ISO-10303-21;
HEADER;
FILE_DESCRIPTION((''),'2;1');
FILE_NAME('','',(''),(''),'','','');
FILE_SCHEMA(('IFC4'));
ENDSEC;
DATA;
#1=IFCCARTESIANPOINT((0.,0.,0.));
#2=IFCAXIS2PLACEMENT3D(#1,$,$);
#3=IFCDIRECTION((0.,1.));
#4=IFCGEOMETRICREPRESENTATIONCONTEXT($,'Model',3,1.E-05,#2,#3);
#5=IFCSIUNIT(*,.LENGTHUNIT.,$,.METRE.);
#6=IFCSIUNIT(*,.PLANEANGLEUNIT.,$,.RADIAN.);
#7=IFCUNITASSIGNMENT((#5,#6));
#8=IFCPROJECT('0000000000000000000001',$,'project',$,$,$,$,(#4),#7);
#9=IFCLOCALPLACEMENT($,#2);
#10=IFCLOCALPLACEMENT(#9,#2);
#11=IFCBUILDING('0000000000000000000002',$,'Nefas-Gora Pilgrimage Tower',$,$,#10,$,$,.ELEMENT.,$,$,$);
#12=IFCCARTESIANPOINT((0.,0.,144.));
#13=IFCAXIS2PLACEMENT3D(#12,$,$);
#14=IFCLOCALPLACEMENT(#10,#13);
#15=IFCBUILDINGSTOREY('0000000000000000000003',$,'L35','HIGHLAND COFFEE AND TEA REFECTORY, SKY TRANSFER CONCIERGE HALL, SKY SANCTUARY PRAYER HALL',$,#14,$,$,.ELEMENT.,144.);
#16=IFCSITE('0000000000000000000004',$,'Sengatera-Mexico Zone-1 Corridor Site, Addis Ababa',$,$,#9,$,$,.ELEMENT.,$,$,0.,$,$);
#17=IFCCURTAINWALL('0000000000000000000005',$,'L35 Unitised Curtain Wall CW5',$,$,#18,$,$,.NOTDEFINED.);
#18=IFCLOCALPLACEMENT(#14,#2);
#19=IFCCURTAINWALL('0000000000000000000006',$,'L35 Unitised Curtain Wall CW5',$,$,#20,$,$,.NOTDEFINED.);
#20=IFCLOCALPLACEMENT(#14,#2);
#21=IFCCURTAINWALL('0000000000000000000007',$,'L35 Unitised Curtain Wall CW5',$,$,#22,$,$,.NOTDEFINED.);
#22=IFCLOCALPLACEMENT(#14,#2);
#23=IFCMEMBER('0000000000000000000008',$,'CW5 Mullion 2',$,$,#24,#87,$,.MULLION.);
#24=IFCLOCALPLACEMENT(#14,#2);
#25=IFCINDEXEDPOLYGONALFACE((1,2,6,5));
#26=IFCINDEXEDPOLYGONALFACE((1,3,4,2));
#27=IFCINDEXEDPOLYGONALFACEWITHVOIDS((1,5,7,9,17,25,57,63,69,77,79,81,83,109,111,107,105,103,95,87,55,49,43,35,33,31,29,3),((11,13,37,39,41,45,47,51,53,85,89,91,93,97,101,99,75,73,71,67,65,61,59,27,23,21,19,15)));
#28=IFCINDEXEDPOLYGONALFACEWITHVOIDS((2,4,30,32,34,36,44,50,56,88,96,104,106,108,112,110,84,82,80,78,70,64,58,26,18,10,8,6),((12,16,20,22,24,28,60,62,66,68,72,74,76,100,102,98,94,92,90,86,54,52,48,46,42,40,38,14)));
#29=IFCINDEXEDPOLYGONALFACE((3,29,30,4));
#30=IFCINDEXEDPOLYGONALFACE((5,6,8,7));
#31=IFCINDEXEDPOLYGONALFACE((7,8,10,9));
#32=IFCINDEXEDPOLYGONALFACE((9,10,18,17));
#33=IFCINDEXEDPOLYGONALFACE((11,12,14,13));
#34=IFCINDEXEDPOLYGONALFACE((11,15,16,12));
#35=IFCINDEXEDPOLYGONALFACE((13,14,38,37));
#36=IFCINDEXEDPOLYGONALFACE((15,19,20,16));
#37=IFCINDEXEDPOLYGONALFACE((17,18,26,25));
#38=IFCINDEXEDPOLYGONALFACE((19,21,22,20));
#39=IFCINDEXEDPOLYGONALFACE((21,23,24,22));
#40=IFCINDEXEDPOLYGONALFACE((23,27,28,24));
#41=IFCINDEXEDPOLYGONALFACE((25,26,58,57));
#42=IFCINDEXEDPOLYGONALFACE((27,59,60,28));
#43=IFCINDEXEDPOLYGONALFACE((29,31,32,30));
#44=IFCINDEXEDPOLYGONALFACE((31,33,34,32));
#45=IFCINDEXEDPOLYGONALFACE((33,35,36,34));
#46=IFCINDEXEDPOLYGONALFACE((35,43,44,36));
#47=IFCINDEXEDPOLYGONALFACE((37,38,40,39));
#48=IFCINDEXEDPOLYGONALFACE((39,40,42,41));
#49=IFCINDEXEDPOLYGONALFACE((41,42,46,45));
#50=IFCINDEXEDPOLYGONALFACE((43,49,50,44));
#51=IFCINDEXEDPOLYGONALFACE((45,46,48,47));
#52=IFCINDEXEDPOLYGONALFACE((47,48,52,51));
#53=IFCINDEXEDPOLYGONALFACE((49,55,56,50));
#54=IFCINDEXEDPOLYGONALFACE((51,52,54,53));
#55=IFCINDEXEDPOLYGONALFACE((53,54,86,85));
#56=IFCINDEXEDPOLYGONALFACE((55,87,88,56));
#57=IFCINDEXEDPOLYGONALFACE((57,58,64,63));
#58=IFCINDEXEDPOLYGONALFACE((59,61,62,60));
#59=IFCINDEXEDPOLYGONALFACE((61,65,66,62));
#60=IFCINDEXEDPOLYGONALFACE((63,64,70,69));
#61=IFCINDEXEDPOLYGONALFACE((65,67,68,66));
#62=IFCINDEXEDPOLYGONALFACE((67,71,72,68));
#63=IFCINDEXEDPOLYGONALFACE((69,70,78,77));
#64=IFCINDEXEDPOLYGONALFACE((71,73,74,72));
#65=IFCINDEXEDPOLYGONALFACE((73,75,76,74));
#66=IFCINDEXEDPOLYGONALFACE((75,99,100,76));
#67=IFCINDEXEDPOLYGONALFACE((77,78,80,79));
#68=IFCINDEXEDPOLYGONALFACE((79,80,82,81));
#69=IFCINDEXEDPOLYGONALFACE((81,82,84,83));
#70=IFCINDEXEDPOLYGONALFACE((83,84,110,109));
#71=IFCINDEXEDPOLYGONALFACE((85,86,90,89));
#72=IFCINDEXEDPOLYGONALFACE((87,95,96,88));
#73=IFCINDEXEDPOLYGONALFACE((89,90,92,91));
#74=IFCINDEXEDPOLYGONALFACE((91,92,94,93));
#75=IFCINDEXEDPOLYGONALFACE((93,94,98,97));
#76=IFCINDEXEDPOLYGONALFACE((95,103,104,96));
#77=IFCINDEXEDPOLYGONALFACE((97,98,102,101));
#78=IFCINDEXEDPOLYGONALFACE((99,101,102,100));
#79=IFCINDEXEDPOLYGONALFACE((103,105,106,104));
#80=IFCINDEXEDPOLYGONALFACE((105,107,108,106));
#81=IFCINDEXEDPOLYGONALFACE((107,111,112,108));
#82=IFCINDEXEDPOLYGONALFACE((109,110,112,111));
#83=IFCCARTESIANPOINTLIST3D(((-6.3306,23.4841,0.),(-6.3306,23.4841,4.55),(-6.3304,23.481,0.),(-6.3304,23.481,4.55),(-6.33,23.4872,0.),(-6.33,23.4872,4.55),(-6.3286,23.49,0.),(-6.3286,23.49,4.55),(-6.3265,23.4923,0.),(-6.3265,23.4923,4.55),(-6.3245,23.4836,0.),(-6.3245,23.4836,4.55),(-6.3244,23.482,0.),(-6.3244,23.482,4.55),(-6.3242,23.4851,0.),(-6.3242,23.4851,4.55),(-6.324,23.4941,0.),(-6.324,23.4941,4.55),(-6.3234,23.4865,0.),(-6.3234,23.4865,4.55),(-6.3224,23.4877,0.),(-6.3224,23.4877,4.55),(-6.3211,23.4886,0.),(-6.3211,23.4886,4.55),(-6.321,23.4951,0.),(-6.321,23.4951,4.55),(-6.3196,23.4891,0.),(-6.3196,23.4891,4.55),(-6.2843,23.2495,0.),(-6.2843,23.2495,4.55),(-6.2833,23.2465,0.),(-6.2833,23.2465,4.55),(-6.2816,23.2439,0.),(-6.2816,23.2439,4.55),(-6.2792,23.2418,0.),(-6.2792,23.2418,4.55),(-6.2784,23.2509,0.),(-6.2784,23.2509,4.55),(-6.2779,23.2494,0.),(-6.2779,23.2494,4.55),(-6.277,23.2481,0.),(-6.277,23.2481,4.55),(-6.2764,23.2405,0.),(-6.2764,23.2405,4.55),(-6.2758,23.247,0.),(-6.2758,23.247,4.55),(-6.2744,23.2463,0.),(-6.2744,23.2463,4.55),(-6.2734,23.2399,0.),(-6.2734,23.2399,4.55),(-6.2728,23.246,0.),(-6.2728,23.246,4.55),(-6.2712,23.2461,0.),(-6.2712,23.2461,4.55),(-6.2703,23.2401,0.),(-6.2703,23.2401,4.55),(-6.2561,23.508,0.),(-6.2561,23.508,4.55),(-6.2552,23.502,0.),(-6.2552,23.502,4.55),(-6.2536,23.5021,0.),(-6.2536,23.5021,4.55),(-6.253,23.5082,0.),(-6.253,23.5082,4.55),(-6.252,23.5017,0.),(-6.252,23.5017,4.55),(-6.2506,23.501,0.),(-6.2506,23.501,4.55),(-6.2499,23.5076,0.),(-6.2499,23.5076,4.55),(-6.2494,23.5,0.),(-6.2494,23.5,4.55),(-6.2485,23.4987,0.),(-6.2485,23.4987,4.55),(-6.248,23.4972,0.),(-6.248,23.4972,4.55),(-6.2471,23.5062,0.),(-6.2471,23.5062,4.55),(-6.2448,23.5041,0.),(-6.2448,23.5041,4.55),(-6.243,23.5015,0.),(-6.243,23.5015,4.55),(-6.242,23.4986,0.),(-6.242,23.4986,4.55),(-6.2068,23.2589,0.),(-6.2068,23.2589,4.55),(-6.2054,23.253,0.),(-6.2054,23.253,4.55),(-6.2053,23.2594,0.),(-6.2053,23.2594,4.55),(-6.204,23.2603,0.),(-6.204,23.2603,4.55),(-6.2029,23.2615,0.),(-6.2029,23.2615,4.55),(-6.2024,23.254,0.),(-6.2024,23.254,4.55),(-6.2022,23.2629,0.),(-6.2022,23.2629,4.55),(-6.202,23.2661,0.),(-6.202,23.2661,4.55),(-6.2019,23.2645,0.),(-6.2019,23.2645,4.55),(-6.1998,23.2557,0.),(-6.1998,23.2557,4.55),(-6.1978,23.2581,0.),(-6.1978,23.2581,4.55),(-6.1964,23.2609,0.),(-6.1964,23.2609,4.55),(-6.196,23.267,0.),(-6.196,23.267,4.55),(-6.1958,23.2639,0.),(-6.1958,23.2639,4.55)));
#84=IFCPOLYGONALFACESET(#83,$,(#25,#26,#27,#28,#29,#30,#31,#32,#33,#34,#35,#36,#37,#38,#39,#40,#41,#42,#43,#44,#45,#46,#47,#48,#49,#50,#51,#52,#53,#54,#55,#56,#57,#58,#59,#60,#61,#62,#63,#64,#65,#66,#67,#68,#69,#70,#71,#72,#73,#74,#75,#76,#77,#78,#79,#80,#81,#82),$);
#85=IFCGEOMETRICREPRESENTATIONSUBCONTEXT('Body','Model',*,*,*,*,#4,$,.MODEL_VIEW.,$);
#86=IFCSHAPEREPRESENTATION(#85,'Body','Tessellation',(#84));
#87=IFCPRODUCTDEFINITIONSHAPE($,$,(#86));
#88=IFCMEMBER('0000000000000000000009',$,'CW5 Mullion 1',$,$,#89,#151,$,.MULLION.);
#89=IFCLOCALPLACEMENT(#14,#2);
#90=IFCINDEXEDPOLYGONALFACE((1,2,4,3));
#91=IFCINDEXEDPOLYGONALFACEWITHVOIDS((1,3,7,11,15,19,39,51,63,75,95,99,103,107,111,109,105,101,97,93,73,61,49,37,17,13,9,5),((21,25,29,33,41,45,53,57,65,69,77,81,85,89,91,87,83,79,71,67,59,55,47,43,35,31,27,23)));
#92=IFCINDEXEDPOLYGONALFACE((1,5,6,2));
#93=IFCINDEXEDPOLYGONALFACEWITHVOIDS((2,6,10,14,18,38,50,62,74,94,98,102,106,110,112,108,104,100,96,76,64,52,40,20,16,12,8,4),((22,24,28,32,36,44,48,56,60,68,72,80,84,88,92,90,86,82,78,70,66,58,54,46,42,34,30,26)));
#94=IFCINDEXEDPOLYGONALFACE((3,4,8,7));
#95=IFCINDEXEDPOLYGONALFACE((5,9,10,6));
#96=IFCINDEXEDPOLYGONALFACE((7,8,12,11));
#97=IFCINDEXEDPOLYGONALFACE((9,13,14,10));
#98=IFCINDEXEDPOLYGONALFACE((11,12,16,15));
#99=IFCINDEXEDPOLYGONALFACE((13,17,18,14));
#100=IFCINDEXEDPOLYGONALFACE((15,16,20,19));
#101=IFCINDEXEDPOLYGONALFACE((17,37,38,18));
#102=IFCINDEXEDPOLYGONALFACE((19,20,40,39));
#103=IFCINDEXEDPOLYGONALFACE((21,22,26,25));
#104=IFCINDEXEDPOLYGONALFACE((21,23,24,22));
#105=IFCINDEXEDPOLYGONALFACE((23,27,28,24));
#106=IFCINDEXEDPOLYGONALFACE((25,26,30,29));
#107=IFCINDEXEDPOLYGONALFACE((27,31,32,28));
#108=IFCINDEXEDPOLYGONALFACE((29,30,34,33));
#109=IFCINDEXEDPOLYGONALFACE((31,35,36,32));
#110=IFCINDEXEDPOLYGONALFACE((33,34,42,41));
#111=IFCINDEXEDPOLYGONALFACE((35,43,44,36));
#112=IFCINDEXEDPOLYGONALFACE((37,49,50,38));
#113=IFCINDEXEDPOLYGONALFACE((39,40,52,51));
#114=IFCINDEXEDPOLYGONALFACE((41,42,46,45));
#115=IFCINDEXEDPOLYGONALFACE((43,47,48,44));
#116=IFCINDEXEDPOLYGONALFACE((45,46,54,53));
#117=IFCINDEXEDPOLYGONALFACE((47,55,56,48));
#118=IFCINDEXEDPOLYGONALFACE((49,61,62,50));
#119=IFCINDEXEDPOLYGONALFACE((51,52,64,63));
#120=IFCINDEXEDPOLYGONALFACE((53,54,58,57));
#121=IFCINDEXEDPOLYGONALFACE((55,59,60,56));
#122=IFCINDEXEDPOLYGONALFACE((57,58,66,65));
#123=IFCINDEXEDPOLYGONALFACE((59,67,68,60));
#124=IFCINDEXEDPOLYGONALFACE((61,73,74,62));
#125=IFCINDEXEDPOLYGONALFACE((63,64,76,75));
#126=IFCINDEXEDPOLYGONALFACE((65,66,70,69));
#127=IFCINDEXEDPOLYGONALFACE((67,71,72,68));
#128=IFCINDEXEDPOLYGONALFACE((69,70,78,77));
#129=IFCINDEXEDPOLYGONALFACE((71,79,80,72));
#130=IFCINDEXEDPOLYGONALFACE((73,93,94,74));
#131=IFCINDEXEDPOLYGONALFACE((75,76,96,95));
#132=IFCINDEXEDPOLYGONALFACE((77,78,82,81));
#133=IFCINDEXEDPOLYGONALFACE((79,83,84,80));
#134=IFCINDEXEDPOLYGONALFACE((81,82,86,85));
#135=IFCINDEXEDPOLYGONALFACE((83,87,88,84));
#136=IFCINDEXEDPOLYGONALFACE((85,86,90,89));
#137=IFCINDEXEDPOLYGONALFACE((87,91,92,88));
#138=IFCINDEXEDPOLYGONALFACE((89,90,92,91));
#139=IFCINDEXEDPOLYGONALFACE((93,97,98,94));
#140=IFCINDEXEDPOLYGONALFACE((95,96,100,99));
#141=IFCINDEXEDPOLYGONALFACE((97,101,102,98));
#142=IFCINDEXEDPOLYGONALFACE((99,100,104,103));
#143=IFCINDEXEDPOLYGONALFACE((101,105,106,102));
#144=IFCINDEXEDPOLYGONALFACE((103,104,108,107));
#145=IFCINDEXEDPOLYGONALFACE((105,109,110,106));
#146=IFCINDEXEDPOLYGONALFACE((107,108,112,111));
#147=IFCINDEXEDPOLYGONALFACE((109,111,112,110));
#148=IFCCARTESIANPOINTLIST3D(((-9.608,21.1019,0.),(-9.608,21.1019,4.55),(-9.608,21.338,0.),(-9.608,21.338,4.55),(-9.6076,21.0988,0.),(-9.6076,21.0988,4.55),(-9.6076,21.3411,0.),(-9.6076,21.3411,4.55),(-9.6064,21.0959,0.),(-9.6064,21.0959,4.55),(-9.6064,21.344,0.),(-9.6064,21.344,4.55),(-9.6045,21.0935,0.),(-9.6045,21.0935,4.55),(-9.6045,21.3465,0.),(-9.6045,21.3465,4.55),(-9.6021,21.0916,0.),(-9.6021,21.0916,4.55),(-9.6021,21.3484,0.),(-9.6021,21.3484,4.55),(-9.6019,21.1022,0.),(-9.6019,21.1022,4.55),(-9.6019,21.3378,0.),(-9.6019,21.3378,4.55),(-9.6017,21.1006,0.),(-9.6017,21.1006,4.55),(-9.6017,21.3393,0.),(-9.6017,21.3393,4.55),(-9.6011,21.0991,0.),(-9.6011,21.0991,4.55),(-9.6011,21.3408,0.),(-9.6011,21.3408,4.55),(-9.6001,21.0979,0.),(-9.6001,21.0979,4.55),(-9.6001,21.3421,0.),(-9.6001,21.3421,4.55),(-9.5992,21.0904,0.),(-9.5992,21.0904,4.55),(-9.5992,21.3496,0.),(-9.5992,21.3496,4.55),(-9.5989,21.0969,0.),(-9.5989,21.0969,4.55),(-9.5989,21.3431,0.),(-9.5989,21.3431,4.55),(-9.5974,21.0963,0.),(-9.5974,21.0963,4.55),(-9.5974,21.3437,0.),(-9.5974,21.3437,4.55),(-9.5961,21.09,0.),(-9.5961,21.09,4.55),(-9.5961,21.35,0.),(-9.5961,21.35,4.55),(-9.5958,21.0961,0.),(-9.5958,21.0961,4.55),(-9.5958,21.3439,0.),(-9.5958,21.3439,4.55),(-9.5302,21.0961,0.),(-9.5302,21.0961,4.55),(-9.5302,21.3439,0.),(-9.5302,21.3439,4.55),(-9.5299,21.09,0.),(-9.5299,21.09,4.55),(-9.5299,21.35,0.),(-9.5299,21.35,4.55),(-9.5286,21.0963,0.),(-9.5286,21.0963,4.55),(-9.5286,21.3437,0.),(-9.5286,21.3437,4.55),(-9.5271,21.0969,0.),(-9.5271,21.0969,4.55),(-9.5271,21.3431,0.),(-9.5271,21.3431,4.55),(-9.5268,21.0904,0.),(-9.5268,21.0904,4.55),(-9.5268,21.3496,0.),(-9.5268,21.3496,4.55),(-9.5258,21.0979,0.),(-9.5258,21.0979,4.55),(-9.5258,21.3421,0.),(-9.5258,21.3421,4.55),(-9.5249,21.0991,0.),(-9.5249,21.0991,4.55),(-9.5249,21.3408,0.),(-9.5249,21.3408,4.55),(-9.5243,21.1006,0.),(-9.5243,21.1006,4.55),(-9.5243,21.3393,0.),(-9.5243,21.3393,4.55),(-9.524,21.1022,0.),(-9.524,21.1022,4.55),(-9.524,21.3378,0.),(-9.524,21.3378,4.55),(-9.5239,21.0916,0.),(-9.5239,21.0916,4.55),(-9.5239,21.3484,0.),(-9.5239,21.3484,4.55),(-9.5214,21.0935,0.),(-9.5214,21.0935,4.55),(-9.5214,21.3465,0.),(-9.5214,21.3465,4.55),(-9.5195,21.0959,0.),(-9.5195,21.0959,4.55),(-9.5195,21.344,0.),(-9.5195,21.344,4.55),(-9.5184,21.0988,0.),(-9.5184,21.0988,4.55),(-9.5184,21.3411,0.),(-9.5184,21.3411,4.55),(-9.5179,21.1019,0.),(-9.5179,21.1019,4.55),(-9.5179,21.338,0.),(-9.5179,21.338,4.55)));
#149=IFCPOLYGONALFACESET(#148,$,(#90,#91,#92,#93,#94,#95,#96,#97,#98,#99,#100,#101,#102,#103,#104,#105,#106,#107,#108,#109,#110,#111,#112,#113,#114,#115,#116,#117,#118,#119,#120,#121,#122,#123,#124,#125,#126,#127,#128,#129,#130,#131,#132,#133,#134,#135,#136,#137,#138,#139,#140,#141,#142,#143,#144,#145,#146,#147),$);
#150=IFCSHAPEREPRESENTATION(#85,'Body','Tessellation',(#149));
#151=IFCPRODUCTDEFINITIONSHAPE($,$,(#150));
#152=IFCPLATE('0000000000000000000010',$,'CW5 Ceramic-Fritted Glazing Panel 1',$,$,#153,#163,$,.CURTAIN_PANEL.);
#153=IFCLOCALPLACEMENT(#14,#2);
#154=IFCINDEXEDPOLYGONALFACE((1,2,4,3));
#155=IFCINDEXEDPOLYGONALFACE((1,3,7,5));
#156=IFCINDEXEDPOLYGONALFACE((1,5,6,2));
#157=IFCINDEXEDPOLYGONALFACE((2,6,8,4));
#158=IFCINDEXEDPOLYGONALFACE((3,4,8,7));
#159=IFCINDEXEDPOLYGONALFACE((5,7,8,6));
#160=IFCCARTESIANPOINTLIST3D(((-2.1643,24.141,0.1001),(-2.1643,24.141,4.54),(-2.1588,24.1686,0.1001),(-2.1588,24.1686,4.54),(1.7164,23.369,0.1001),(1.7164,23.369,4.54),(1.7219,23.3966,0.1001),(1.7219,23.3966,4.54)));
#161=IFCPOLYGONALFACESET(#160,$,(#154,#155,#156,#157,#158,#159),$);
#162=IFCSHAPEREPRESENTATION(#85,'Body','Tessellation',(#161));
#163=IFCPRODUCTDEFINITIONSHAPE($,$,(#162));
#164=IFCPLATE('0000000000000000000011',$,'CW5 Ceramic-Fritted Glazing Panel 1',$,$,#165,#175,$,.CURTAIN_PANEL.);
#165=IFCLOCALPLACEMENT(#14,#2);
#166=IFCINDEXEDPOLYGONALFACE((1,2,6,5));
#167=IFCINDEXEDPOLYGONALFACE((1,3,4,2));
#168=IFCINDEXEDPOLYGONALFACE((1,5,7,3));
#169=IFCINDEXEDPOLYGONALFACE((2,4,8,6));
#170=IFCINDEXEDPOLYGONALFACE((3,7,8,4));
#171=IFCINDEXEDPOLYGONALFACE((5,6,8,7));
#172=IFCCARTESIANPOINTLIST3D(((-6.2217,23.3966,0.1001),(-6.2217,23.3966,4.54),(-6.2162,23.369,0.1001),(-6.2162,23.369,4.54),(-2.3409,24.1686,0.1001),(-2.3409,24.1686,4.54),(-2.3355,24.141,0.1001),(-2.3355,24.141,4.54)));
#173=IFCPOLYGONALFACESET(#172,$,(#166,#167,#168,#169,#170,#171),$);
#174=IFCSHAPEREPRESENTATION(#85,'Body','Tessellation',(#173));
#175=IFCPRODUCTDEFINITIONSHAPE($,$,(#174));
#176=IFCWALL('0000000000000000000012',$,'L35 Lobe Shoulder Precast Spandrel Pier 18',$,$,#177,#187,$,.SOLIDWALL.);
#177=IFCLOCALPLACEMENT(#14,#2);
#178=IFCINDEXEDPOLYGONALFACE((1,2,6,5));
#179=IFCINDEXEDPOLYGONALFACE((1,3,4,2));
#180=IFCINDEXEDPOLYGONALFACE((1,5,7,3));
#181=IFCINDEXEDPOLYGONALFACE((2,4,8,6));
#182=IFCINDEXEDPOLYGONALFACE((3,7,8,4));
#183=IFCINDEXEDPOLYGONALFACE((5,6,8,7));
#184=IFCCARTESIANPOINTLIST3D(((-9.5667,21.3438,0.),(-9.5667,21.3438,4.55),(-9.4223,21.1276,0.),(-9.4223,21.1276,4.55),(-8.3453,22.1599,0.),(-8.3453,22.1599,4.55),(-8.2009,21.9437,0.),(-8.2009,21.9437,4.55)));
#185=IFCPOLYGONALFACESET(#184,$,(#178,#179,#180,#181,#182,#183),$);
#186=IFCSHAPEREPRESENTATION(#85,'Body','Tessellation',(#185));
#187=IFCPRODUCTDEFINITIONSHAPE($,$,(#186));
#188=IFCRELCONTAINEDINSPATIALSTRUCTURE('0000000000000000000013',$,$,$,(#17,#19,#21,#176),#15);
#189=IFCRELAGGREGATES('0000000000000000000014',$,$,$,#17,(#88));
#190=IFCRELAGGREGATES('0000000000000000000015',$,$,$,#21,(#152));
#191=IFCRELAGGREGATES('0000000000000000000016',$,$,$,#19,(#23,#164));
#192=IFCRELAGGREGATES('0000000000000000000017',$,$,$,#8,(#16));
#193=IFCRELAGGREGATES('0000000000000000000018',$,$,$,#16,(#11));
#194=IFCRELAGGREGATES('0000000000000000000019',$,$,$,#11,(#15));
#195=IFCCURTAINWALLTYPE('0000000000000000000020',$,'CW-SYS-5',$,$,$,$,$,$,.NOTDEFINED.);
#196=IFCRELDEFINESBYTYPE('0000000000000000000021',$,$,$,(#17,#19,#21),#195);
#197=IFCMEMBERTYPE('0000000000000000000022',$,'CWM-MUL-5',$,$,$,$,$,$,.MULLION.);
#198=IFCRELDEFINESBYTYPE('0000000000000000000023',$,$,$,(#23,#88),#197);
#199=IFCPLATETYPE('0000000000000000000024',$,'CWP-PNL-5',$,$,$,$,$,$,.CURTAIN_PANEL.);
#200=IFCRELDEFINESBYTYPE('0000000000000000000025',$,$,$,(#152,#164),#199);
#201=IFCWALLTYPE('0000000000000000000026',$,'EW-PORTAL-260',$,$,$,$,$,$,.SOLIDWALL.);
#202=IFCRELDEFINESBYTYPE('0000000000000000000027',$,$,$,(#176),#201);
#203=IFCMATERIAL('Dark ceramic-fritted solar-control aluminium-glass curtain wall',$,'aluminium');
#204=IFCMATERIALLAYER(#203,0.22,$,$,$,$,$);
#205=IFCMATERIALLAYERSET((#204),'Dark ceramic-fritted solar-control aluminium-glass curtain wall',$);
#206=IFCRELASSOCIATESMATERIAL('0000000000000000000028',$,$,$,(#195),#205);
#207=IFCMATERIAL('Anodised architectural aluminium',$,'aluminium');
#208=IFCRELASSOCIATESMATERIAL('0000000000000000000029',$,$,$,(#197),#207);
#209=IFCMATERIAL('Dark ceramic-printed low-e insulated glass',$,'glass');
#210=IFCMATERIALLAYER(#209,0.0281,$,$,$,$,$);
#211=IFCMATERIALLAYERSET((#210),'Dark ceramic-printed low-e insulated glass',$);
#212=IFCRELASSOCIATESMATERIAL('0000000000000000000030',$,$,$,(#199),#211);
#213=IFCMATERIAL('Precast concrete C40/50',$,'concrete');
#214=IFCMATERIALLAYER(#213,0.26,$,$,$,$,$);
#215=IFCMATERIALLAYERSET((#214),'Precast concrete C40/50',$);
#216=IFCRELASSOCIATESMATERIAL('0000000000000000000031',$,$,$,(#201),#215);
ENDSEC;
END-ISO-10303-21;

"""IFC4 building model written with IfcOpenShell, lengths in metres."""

from ifc_helpers import new_model, si_unit, direction, frame, frame_2d, origin, origin_2d, place, context, subcontext, project, spatial, rectangle, hollow_rectangle, extrude, source, transform, mapped, material, layer, layer_set, material_profile, profile_set, type_object, element, aggregate, save


model = new_model("IFC4")

# Units and contexts
model_context = context("Model", 3, precision=1e-05, world=origin(), true_north=direction((0.0, 1.0)))
body_context = subcontext(model_context, "Body", "Model", "MODEL_VIEW")
ifc_project = project(units=[si_unit("LENGTHUNIT", "METRE"), si_unit("PLANEANGLEUNIT", "RADIAN")], contexts=[model_context])

# Site, building, storey
site_placement = place(None, origin())
site = spatial("IfcSite", under=ifc_project, at=site_placement, Name="Sengatera-Mexico Zone-1 Corridor Site, Addis Ababa", CompositionType="ELEMENT", RefElevation=0.0)
building_placement = place(site_placement, origin())
building = spatial("IfcBuilding", under=site, at=building_placement, Name="Nefas-Gora Pilgrimage Tower", CompositionType="ELEMENT")
storey_placement = place(building_placement, frame((0.0, 0.0, 144.0)))
storey = spatial("IfcBuildingStorey", under=building, at=storey_placement, Name="L35", Description="HIGHLAND COFFEE AND TEA REFECTORY, SKY TRANSFER CONCIERGE HALL, SKY SANCTUARY PRAYER HALL", CompositionType="ELEMENT", Elevation=144.0)

# Curtain walls
ifc_material_1 = material(Name="Dark ceramic-fritted solar-control aluminium-glass curtain wall", Category="aluminium")
ifc_layer_1 = layer(ifc_material_1, 0.22)
ifc_layer_set_1 = layer_set([ifc_layer_1], Name="Dark ceramic-fritted solar-control aluminium-glass curtain wall")
curtain_wall_type = type_object("IfcCurtainWallType", Name="CW-SYS-5", PredefinedType="NOTDEFINED", material=ifc_layer_set_1)
curtain_wall_1_placement = place(storey_placement, origin())
curtain_wall_1 = element("IfcCurtainWall", 1, at=curtain_wall_1_placement, inside=storey, type_object=curtain_wall_type, Name="L35 Unitised Curtain Wall CW5", PredefinedType="NOTDEFINED")
ifc_material_2 = material(Name="Anodised architectural aluminium", Category="aluminium")
curtain_wall_2_placement = place(storey_placement, origin())
curtain_wall_2 = element("IfcCurtainWall", 2, at=curtain_wall_2_placement, inside=storey, type_object=curtain_wall_type, Name="L35 Unitised Curtain Wall CW5", PredefinedType="NOTDEFINED")
curtain_wall_3_placement = place(storey_placement, origin())
curtain_wall_3 = element("IfcCurtainWall", 3, at=curtain_wall_3_placement, inside=storey, type_object=curtain_wall_type, Name="L35 Unitised Curtain Wall CW5", PredefinedType="NOTDEFINED")
ifc_material_profile_1 = material_profile(ifc_material_2, hollow_rectangle(XDim=0.0901, YDim=0.26, WallThickness=0.0061, InnerFilletRadius=0.0061, OuterFilletRadius=0.012, at=origin_2d()), Name="ALU MULLION 90x260")
ifc_profile_set_1 = profile_set([ifc_material_profile_1], Name="Anodised architectural aluminium")
member_type_1 = type_object("IfcMemberType", Name="CWM-MUL-5", PredefinedType="MULLION", material=ifc_profile_set_1)
shared_shape_1 = source(origin(), body_context, "Body", "SweptSolid", [
    extrude(hollow_rectangle(XDim=0.0901, YDim=0.26, WallThickness=0.0061, InnerFilletRadius=0.0061, OuterFilletRadius=0.012, at=origin_2d()), origin(), (0.0, 0.0, 1.0), 4.55),
])

# Members
member_1_placement = place(storey_placement, frame((-6.2632, 23.374, 0.0), z_axis=(0.0, 0.0, 1.0), x_axis=(-0.980783, -0.195102, 0.0)))
member_1 = element("IfcMember", 4, at=member_1_placement, type_object=member_type_1, Name="CW5 Mullion 2", PredefinedType="MULLION", context=body_context, shape_type="MappedRepresentation", body=[
    mapped(shared_shape_1, transform((0.0, 0.0, 0.0), x_axis=(1.0, 0.0, 0.0), y_axis=(0.0, 1.0, 0.0), z_axis=(0.0, 0.0, 1.0), scale=1.0)),
])
member_2_placement = place(storey_placement, frame((-9.563, 21.22, 0.0), z_axis=(0.0, 0.0, 1.0), x_axis=(-1.0, 0.0, 0.0)))
member_2 = element("IfcMember", 5, at=member_2_placement, type_object=member_type_1, Name="CW5 Mullion 1", PredefinedType="MULLION", context=body_context, shape_type="MappedRepresentation", body=[
    mapped(shared_shape_1, transform((0.0, 0.0, 0.0), x_axis=(1.0, 0.0, 0.0), y_axis=(0.0, 1.0, 0.0), z_axis=(0.0, 0.0, 1.0), scale=1.0)),
])
aggregate(curtain_wall_1, [member_2])

# Plates
ifc_material_3 = material(Name="Dark ceramic-printed low-e insulated glass", Category="glass")
ifc_layer_2 = layer(ifc_material_3, 0.0281)
ifc_layer_set_2 = layer_set([ifc_layer_2], Name="Dark ceramic-printed low-e insulated glass")
plate_type = type_object("IfcPlateType", Name="CWP-PNL-5", PredefinedType="CURTAIN_PANEL", material=ifc_layer_set_2)
shared_shape_2 = source(origin(), body_context, "Body", "SweptSolid", [
    extrude(rectangle(XDim=3.9568, YDim=0.0281, at=origin_2d()), origin(), (0.0, 0.0, 1.0), 4.4399),
])
plate_1_placement = place(storey_placement, frame((-0.2212, 23.7688, 0.1001), z_axis=(0.0, 0.0, 1.0), x_axis=(-0.980783, 0.195102, 0.0)))
plate_1 = element("IfcPlate", 6, at=plate_1_placement, type_object=plate_type, Name="CW5 Ceramic-Fritted Glazing Panel 1", PredefinedType="CURTAIN_PANEL", context=body_context, shape_type="MappedRepresentation", body=[
    mapped(shared_shape_2, transform((0.0, 0.0, 0.0), x_axis=(1.0, 0.0, 0.0), y_axis=(0.0, 1.0, 0.0), z_axis=(0.0, 0.0, 1.0), scale=1.0)),
])
aggregate(curtain_wall_3, [plate_1])
plate_2_placement = place(storey_placement, frame((-4.2786, 23.7688, 0.1001), z_axis=(0.0, 0.0, 1.0), x_axis=(-0.980783, -0.195102, 0.0)))
plate_2 = element("IfcPlate", 7, at=plate_2_placement, type_object=plate_type, Name="CW5 Ceramic-Fritted Glazing Panel 1", PredefinedType="CURTAIN_PANEL", context=body_context, shape_type="MappedRepresentation", body=[
    mapped(shared_shape_2, transform((0.0, 0.0, 0.0), x_axis=(1.0, 0.0, 0.0), y_axis=(0.0, 1.0, 0.0), z_axis=(0.0, 0.0, 1.0), scale=1.0)),
])
aggregate(curtain_wall_2, [member_1, plate_2])

# Wall
ifc_material_4 = material(Name="Precast concrete C40/50", Category="concrete")
ifc_layer_3 = layer(ifc_material_4, 0.26)
ifc_layer_set_3 = layer_set([ifc_layer_3], Name="Precast concrete C40/50")
wall_type_1 = type_object("IfcWallType", Name="EW-PORTAL-260", PredefinedType="SOLIDWALL", material=ifc_layer_set_3)
shared_shape_3 = source(origin(), body_context, "Body", "SweptSolid", [
    extrude(rectangle(XDim=1.469, YDim=0.26, at=frame_2d((0.7344, 0.0))), origin(), (0.0, 0.0, 1.0), 4.55),
])
wall_1_placement = place(storey_placement, frame((-8.2732, 22.0518, 0.0), z_axis=(0.0, 0.0, 1.0), x_axis=(-0.831462, -0.555582, 0.0)))
element("IfcWall", 8, at=wall_1_placement, inside=storey, type_object=wall_type_1, Name="L35 Lobe Shoulder Precast Spandrel Pier 18", PredefinedType="SOLIDWALL", context=body_context, shape_type="MappedRepresentation", body=[
    mapped(shared_shape_3, transform((0.0, 0.0, 0.0), x_axis=(1.0, 0.0, 0.0), y_axis=(0.0, 1.0, 0.0), z_axis=(0.0, 0.0, 1.0), scale=1.0)),
])

save(model, "model.ifc")
